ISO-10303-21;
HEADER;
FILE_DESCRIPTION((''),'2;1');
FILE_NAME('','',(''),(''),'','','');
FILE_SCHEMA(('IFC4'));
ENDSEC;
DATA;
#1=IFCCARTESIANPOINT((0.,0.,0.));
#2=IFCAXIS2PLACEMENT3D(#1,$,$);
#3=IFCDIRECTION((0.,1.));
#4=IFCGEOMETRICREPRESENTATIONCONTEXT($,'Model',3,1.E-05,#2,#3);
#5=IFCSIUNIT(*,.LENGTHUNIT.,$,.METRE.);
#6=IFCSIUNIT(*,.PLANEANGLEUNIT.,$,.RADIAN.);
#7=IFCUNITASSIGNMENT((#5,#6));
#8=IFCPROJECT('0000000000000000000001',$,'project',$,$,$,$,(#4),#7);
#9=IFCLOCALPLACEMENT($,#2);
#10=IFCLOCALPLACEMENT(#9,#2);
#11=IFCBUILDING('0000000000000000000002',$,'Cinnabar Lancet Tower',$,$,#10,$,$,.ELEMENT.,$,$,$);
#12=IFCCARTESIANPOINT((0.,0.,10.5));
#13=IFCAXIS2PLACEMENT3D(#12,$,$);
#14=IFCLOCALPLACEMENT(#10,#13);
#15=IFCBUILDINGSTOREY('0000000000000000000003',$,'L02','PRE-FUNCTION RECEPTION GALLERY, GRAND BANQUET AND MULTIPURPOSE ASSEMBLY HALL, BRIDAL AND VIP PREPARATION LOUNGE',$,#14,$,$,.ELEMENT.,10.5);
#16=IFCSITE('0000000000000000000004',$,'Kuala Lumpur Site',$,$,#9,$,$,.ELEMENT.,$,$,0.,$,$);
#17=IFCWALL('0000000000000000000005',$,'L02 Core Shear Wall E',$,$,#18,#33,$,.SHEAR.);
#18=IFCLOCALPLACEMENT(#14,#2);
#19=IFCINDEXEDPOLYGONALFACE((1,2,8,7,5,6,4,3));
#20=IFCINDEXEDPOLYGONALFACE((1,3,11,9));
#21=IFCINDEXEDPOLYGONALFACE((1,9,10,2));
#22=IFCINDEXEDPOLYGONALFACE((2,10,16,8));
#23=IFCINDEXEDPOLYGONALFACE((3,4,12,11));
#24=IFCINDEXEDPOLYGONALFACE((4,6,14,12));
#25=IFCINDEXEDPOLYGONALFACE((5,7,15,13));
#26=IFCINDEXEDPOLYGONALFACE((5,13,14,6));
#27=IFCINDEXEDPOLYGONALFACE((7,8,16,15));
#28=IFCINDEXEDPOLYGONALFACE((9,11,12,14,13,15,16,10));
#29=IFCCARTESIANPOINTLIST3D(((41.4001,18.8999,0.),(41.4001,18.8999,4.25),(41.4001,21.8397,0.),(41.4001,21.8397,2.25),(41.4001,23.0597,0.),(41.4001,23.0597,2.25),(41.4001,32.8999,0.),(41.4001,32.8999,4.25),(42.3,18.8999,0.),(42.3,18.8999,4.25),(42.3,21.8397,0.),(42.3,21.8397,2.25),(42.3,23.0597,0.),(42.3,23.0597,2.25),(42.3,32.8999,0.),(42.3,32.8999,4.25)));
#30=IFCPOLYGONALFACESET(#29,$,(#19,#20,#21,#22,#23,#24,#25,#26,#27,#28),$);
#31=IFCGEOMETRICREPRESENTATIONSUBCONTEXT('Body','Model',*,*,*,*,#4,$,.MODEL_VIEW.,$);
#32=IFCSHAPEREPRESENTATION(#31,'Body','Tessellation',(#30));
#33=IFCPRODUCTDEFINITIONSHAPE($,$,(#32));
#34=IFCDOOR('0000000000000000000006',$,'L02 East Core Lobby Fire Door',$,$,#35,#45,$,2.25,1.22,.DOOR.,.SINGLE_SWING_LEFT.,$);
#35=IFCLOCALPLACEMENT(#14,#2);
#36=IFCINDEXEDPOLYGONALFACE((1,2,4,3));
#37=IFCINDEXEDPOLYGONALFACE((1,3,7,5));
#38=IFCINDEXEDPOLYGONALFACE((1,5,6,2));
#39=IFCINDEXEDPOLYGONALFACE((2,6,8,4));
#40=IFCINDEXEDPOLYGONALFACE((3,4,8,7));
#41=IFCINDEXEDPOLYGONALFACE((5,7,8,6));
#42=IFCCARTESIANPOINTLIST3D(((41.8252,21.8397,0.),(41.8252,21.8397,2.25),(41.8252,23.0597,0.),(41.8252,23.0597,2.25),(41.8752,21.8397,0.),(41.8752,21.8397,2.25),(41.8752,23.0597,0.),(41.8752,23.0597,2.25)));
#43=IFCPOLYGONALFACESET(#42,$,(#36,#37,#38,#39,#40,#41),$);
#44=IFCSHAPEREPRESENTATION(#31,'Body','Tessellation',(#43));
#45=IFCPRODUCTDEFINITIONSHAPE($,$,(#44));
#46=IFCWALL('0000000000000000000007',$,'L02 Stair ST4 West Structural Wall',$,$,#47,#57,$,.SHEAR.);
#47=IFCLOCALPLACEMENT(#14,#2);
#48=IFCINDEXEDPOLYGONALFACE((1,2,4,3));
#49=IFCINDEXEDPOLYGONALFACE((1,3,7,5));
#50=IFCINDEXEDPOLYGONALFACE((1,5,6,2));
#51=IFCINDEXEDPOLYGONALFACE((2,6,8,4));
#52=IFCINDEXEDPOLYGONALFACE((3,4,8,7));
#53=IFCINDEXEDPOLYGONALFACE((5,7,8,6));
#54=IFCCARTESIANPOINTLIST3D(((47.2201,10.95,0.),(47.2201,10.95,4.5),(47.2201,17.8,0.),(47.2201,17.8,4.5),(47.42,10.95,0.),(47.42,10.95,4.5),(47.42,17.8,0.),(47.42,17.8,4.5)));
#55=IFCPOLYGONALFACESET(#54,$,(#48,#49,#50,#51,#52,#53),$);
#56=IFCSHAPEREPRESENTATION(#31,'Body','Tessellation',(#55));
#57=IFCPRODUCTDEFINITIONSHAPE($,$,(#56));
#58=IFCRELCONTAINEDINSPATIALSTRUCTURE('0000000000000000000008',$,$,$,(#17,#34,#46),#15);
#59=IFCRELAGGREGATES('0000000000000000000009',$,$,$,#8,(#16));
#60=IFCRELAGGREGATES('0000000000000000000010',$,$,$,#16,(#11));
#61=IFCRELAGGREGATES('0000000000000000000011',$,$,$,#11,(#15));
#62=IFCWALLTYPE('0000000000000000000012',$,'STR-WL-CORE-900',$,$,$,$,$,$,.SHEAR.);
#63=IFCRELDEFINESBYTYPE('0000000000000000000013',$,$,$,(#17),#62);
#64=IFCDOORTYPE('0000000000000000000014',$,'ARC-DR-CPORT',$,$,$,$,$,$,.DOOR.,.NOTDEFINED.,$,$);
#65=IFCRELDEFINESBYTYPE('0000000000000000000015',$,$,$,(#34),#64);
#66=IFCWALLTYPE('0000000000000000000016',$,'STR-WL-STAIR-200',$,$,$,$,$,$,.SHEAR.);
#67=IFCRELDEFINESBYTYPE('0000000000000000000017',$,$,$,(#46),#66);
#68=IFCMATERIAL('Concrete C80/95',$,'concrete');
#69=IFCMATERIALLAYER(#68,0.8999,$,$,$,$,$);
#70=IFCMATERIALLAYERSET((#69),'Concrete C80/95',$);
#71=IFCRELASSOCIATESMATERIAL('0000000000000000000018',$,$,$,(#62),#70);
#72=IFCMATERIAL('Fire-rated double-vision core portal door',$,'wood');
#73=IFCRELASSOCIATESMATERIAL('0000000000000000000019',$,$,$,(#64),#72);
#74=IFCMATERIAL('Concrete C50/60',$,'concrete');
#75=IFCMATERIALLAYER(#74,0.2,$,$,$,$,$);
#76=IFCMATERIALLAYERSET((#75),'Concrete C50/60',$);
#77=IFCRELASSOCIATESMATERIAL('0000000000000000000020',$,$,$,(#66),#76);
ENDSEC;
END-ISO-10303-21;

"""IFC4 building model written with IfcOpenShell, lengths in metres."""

from ifc_helpers import new_model, si_unit, direction, frame, frame_2d, origin, place, context, subcontext, project, spatial, rectangle, extrude, material, layer, layer_set, type_object, element, fill, save


model = new_model("IFC4")

# Units and contexts
model_context = context("Model", 3, precision=1e-05, world=origin(), true_north=direction((0.0, 1.0)))
body_context = subcontext(model_context, "Body", "Model", "MODEL_VIEW")
ifc_project = project(units=[si_unit("LENGTHUNIT", "METRE"), si_unit("PLANEANGLEUNIT", "RADIAN")], contexts=[model_context])

# Site, building, storey
site_placement = place(None, origin())
site = spatial("IfcSite", under=ifc_project, at=site_placement, Name="Kuala Lumpur Site", CompositionType="ELEMENT", RefElevation=0.0)
building_placement = place(site_placement, origin())
building = spatial("IfcBuilding", under=site, at=building_placement, Name="Cinnabar Lancet Tower", CompositionType="ELEMENT")
storey_placement = place(building_placement, frame((0.0, 0.0, 10.5)))
storey = spatial("IfcBuildingStorey", under=building, at=storey_placement, Name="L02", Description="PRE-FUNCTION RECEPTION GALLERY, GRAND BANQUET AND MULTIPURPOSE ASSEMBLY HALL, BRIDAL AND VIP PREPARATION LOUNGE", CompositionType="ELEMENT", Elevation=10.5)

# Wall, opening, door
ifc_material_1 = material(Name="Concrete C80/95", Category="concrete")
ifc_layer_1 = layer(ifc_material_1, 0.8999)
ifc_layer_set_1 = layer_set([ifc_layer_1], Name="Concrete C80/95")
wall_type_1 = type_object("IfcWallType", Name="STR-WL-CORE-900", PredefinedType="SHEAR", material=ifc_layer_set_1)
wall_1_placement = place(storey_placement, frame((41.8501, 18.8999, 0.0), z_axis=(0.0, 0.0, 1.0), x_axis=(0.0, 1.0, 0.0)))
wall_1 = element("IfcWall", 1, at=wall_1_placement, inside=storey, type_object=wall_type_1, Name="L02 Core Shear Wall E", PredefinedType="SHEAR", context=body_context, shape_type="SweptSolid", body=[
    extrude(rectangle(XDim=14.0, YDim=0.8999, at=frame_2d((7.0, 0.0))), origin(), (0.0, 0.0, 1.0), 4.25),
])
opening_1_placement = place(wall_1_placement, frame((2.9399, 0.0, 0.0)))
opening_1 = element("IfcOpeningElement", 2, at=opening_1_placement, cuts=wall_1, PredefinedType="OPENING", context=body_context, shape_type="SweptSolid", body=[
    extrude(rectangle(XDim=1.22, YDim=2.25, at=frame_2d((0.6099, 1.125))), frame((0.0, 0.46, 0.0), z_axis=(0.0, -1.0, 0.0), x_axis=(1.0, 0.0, 0.0)), (0.0, 0.0, 1.0), 0.9199),
])
ifc_material_2 = material(Name="Fire-rated double-vision core portal door", Category="wood")
door_type_1 = type_object("IfcDoorType", Name="ARC-DR-CPORT", OperationType="NOTDEFINED", PredefinedType="DOOR", material=ifc_material_2)
door_1_placement = place(opening_1_placement, origin())
door_1 = element("IfcDoor", 3, at=door_1_placement, inside=storey, type_object=door_type_1, Name="L02 East Core Lobby Fire Door", OperationType="SINGLE_SWING_LEFT", OverallHeight=2.25, OverallWidth=1.22, PredefinedType="DOOR", context=body_context, shape_type="SweptSolid", body=[
    extrude(rectangle(XDim=1.22, YDim=2.25, at=frame_2d((0.6099, 1.125))), frame((0.0, 0.0249, 0.0), z_axis=(0.0, -1.0, 0.0), x_axis=(1.0, 0.0, 0.0)), (0.0, 0.0, 1.0), 0.05),
])
fill(opening_1, door_1)

# Wall
ifc_material_3 = material(Name="Concrete C50/60", Category="concrete")
ifc_layer_2 = layer(ifc_material_3, 0.2)
ifc_layer_set_2 = layer_set([ifc_layer_2], Name="Concrete C50/60")
wall_type_2 = type_object("IfcWallType", Name="STR-WL-STAIR-200", PredefinedType="SHEAR", material=ifc_layer_set_2)
wall_2_placement = place(storey_placement, frame((47.3201, 10.95, 0.0), z_axis=(0.0, 0.0, 1.0), x_axis=(0.0, 1.0, 0.0)))
element("IfcWall", 4, at=wall_2_placement, inside=storey, type_object=wall_type_2, Name="L02 Stair ST4 West Structural Wall", PredefinedType="SHEAR", context=body_context, shape_type="SweptSolid", body=[
    extrude(rectangle(XDim=6.8501, YDim=0.2, at=frame_2d((3.425, 0.0))), origin(), (0.0, 0.0, 1.0), 4.5),
])

save(model, "model.ifc")
